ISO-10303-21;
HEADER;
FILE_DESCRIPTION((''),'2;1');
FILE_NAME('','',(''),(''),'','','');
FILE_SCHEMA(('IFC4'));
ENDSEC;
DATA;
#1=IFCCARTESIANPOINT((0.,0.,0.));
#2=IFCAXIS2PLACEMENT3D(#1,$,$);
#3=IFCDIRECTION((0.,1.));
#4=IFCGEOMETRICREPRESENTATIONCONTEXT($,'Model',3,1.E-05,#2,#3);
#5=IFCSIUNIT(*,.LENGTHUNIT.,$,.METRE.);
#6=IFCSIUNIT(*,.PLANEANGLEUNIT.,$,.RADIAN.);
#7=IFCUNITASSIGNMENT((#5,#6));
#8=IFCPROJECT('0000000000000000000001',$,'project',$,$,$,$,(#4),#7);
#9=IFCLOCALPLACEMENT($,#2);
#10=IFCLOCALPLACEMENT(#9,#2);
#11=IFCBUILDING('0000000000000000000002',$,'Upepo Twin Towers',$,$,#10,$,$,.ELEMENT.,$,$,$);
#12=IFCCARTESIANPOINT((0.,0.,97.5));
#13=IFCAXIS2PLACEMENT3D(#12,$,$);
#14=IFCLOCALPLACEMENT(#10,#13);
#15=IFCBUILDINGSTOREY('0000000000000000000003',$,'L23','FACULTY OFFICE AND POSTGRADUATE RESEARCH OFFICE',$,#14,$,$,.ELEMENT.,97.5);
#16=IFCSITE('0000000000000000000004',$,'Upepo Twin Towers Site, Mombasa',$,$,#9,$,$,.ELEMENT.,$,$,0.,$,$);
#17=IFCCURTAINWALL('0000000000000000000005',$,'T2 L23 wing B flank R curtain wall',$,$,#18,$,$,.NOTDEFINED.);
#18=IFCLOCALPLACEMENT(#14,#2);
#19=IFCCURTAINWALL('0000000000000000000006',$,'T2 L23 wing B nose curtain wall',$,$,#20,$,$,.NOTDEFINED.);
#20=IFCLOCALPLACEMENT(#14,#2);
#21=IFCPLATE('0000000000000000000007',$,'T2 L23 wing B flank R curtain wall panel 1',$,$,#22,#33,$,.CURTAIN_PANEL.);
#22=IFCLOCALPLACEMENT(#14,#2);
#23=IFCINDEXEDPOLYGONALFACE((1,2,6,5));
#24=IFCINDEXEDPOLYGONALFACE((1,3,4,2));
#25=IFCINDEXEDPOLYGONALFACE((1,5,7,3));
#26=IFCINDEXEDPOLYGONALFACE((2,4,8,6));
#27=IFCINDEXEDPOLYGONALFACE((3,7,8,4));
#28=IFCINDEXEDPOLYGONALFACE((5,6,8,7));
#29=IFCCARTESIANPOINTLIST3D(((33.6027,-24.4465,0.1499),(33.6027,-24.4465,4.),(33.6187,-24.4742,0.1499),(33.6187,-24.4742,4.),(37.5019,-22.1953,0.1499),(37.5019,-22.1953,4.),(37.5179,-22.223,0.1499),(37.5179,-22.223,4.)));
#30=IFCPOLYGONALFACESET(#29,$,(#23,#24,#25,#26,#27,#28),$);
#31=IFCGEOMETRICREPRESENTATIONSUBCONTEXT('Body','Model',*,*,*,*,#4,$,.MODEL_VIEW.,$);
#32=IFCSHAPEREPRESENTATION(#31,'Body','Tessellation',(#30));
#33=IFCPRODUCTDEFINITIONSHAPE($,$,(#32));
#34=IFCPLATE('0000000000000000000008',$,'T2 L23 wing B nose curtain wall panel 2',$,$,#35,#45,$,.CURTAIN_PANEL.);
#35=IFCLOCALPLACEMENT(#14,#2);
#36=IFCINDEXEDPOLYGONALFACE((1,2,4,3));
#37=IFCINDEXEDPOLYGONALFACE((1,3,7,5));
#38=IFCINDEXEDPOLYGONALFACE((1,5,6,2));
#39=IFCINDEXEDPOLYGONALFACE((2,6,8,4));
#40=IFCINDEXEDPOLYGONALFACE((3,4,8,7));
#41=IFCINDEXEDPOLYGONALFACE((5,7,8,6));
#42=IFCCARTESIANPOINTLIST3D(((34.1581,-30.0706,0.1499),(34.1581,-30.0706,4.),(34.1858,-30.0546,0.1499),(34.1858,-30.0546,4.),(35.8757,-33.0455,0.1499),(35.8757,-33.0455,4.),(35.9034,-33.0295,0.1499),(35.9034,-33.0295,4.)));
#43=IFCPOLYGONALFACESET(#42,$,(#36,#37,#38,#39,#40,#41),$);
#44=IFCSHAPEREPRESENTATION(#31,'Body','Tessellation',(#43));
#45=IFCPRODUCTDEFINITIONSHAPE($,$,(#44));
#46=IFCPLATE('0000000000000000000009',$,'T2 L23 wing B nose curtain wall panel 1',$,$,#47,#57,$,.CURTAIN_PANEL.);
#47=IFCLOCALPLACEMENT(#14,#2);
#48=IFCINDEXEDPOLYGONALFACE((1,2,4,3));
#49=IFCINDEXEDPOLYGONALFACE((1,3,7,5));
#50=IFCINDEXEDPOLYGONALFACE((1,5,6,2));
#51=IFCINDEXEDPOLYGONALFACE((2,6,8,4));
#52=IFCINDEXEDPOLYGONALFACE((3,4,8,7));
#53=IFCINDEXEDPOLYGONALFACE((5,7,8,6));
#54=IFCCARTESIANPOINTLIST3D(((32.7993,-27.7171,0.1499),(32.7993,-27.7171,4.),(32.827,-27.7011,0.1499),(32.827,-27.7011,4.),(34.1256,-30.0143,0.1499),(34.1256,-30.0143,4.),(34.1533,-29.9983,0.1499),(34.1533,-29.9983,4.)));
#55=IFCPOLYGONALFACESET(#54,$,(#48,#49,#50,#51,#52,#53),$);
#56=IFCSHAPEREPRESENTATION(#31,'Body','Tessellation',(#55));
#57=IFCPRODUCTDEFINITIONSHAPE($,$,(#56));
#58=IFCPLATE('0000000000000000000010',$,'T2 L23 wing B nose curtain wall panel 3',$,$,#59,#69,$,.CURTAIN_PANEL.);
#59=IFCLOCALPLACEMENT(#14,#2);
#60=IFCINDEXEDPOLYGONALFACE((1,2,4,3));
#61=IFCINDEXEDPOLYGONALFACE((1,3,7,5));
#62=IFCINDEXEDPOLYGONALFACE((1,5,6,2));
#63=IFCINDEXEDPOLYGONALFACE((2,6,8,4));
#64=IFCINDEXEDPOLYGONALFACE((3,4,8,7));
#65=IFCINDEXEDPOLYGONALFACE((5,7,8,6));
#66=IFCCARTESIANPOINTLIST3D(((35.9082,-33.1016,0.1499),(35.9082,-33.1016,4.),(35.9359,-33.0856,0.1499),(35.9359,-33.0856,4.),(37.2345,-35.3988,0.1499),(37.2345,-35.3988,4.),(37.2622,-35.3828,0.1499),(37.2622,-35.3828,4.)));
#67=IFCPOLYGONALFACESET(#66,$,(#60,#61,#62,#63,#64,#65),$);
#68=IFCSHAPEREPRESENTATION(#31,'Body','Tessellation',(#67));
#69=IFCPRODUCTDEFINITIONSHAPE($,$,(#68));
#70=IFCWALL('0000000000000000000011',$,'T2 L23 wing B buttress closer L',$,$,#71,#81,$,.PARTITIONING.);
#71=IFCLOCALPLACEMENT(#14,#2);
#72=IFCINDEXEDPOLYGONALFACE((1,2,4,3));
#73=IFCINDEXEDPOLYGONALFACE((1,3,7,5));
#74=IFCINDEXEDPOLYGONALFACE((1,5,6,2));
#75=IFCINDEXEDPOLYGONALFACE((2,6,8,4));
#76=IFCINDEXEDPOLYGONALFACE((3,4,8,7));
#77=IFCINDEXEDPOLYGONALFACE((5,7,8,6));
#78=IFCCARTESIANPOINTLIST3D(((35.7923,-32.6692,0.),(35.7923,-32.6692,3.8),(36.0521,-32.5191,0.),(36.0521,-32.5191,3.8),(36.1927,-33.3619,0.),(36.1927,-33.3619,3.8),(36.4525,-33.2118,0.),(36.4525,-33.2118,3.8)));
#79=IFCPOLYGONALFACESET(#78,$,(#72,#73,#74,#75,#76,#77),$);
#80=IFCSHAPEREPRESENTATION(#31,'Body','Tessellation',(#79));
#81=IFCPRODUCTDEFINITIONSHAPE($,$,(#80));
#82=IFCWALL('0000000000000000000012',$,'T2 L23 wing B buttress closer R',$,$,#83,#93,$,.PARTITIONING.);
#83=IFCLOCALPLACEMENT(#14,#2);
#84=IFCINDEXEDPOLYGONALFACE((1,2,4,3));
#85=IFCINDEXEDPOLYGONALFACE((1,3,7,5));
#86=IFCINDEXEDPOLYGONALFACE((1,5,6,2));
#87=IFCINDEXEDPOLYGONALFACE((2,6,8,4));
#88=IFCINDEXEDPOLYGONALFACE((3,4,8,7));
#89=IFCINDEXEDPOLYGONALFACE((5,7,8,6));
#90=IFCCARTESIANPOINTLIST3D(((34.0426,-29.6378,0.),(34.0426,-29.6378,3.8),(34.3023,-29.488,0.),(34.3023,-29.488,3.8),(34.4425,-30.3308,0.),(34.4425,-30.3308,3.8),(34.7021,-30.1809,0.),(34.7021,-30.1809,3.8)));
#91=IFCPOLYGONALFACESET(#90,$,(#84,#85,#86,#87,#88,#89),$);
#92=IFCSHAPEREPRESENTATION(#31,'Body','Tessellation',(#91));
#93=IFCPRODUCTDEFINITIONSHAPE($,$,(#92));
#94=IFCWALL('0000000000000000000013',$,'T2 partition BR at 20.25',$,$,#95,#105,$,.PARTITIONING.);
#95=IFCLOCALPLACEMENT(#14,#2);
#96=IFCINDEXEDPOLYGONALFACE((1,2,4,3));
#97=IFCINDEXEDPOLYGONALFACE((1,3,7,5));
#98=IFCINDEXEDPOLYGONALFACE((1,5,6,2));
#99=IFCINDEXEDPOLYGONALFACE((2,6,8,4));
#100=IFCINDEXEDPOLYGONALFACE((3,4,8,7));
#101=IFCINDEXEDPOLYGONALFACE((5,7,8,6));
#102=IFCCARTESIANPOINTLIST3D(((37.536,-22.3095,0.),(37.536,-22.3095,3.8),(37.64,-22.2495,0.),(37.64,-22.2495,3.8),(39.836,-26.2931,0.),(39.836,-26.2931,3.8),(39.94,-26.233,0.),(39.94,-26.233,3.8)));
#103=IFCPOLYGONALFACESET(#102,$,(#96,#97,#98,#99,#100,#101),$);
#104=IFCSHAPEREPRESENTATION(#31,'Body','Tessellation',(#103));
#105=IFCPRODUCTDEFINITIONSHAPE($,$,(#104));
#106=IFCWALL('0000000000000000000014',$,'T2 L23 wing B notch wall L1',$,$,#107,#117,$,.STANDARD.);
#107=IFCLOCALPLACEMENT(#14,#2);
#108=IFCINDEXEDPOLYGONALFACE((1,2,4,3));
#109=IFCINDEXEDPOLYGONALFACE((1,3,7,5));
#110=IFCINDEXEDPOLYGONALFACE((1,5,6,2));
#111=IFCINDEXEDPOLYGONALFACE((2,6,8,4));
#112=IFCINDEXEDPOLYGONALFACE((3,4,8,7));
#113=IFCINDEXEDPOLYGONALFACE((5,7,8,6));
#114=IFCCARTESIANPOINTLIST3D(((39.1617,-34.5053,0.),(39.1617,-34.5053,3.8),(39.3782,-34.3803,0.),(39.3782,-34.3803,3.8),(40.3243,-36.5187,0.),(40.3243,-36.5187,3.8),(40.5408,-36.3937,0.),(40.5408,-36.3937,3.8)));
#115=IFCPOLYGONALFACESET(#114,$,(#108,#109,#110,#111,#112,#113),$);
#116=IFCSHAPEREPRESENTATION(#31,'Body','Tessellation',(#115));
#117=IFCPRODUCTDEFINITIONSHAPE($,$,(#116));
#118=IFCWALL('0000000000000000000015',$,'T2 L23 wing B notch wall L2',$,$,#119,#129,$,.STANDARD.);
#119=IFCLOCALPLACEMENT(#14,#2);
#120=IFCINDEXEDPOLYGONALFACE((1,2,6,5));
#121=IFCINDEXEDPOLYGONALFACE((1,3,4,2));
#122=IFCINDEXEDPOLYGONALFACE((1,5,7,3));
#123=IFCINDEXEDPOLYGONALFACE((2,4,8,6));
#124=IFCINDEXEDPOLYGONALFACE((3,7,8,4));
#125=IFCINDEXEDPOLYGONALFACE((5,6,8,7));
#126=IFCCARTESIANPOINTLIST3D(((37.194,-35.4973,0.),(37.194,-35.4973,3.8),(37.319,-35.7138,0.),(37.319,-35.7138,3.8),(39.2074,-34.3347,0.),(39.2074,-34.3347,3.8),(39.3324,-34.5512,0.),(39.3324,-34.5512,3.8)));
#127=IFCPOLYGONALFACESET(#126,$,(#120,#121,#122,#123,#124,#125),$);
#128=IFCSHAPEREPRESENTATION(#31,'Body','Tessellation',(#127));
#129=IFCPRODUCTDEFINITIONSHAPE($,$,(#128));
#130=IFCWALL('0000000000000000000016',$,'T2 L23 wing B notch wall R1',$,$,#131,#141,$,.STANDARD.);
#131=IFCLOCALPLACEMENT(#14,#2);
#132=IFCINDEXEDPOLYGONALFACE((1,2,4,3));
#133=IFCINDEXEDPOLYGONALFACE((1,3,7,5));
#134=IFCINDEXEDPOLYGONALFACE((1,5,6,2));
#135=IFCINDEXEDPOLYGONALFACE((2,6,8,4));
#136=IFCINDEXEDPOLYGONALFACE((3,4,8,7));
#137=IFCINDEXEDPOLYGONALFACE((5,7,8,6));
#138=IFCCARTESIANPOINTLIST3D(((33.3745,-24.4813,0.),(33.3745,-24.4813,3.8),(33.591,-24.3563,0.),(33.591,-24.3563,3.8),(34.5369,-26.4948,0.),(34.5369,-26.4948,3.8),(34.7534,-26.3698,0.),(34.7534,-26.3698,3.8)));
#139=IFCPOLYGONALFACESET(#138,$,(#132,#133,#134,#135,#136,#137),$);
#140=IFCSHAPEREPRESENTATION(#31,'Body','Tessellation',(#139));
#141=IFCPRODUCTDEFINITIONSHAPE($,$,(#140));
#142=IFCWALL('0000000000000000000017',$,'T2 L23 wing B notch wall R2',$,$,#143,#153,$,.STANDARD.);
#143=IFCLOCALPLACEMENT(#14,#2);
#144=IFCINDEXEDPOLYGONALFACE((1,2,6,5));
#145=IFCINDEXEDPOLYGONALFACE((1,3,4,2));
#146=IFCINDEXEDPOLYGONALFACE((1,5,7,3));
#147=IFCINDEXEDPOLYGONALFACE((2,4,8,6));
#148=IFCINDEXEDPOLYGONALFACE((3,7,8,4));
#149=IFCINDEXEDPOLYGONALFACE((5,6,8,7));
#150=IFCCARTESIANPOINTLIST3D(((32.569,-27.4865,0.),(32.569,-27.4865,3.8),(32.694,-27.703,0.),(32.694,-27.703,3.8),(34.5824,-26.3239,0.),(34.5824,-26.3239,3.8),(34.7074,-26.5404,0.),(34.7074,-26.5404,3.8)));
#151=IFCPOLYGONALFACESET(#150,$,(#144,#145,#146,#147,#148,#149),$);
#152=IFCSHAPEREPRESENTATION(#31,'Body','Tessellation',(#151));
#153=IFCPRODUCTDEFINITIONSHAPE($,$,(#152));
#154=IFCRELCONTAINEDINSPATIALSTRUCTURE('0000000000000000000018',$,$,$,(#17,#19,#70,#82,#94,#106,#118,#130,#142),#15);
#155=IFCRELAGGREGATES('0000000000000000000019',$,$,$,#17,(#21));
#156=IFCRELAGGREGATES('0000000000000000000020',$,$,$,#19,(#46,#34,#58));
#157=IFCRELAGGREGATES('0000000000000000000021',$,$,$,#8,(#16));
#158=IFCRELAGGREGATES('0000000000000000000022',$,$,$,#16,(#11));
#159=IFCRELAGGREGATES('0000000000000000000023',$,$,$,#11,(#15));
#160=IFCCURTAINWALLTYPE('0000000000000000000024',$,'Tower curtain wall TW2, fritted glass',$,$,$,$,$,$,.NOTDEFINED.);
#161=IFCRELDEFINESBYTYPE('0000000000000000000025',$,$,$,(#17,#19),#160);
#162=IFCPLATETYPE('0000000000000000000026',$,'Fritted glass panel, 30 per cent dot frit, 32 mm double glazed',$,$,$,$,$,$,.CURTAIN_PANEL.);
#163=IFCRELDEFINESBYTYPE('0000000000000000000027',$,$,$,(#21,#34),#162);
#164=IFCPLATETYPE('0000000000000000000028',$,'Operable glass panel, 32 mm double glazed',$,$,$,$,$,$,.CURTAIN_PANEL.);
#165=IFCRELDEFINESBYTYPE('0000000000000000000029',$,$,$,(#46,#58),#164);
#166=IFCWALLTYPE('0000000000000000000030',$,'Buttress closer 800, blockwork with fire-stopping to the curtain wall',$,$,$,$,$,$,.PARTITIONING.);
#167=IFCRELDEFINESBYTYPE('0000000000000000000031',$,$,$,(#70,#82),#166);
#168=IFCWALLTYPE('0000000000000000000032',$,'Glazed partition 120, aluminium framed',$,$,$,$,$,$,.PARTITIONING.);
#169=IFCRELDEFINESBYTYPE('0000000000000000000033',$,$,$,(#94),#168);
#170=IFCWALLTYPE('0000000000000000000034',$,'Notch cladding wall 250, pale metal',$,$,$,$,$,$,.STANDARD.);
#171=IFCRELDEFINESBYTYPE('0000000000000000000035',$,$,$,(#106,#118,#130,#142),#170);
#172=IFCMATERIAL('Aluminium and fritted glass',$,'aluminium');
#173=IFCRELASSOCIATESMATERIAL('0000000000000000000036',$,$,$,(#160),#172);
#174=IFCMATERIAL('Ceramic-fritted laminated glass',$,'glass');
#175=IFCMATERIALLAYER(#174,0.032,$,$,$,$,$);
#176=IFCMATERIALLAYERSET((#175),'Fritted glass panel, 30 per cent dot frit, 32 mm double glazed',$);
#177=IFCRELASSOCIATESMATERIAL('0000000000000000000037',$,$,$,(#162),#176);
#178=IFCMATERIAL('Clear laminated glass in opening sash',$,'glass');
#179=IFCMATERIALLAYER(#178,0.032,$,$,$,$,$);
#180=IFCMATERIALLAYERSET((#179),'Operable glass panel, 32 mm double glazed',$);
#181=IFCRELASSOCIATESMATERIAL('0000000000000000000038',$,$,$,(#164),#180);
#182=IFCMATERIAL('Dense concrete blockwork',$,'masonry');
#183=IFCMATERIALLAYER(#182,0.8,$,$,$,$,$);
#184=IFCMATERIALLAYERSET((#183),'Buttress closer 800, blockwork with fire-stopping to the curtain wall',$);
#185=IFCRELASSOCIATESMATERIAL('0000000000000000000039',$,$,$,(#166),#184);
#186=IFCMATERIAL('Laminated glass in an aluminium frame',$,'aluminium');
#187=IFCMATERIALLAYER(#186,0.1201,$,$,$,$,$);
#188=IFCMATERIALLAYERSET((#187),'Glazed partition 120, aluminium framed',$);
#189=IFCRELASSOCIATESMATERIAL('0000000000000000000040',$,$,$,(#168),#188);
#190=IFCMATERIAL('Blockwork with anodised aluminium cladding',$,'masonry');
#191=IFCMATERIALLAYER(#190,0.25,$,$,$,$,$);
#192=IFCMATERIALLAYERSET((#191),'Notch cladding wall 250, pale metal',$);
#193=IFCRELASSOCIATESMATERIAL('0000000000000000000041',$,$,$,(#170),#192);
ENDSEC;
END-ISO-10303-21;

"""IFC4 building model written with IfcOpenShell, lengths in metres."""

from ifc_helpers import new_model, si_unit, direction, frame, frame_2d, origin, origin_2d, place, context, subcontext, project, spatial, rectangle, extrude, material, layer, layer_set, type_object, element, aggregate, save


model = new_model("IFC4")

# Units and contexts
model_context = context("Model", 3, precision=1e-05, world=origin(), true_north=direction((0.0, 1.0)))
body_context = subcontext(model_context, "Body", "Model", "MODEL_VIEW")
ifc_project = project(units=[si_unit("LENGTHUNIT", "METRE"), si_unit("PLANEANGLEUNIT", "RADIAN")], contexts=[model_context])

# Site, building, storey
site_placement = place(None, origin())
site = spatial("IfcSite", under=ifc_project, at=site_placement, Name="Upepo Twin Towers Site, Mombasa", CompositionType="ELEMENT", RefElevation=0.0)
building_placement = place(site_placement, origin())
building = spatial("IfcBuilding", under=site, at=building_placement, Name="Upepo Twin Towers", CompositionType="ELEMENT")
storey_placement = place(building_placement, frame((0.0, 0.0, 97.5)))
storey = spatial("IfcBuildingStorey", under=building, at=storey_placement, Name="L23", Description="FACULTY OFFICE AND POSTGRADUATE RESEARCH OFFICE", CompositionType="ELEMENT", Elevation=97.5)

# Curtain wall
ifc_material_1 = material(Name="Aluminium and fritted glass", Category="aluminium")
curtain_wall_type = type_object("IfcCurtainWallType", Name="Tower curtain wall TW2, fritted glass", PredefinedType="NOTDEFINED", material=ifc_material_1)
curtain_wall_1_placement = place(storey_placement, origin())
curtain_wall_1 = element("IfcCurtainWall", 1, at=curtain_wall_1_placement, inside=storey, type_object=curtain_wall_type, Name="T2 L23 wing B flank R curtain wall", PredefinedType="NOTDEFINED")

# Curtain wall
curtain_wall_2_placement = place(storey_placement, origin())
curtain_wall_2 = element("IfcCurtainWall", 2, at=curtain_wall_2_placement, inside=storey, type_object=curtain_wall_type, Name="T2 L23 wing B nose curtain wall", PredefinedType="NOTDEFINED")

# Plates
ifc_material_2 = material(Name="Ceramic-fritted laminated glass", Category="glass")
ifc_layer_1 = layer(ifc_material_2, 0.032)
ifc_layer_set_1 = layer_set([ifc_layer_1], Name="Fritted glass panel, 30 per cent dot frit, 32 mm double glazed")
plate_type_1 = type_object("IfcPlateType", Name="Fritted glass panel, 30 per cent dot frit, 32 mm double glazed", PredefinedType="CURTAIN_PANEL", material=ifc_layer_set_1)
plate_1_placement = place(storey_placement, frame((35.5603, -23.3347, 0.1499), z_axis=(0.0, 0.0, 1.0), x_axis=(0.866025, 0.5, 0.0)))
plate_1 = element("IfcPlate", 3, at=plate_1_placement, type_object=plate_type_1, Name="T2 L23 wing B flank R curtain wall panel 1", PredefinedType="CURTAIN_PANEL", context=body_context, shape_type="SweptSolid", body=[
    extrude(rectangle(XDim=4.5024, YDim=0.032, at=origin_2d()), origin(), (0.0, 0.0, 1.0), 3.8501),
])
aggregate(curtain_wall_1, [plate_1])
plate_2_placement = place(storey_placement, frame((35.0308, -31.55, 0.1499), z_axis=(0.0, 0.0, 1.0), x_axis=(0.5, -0.866025, 0.0)))
plate_2 = element("IfcPlate", 4, at=plate_2_placement, type_object=plate_type_1, Name="T2 L23 wing B nose curtain wall panel 2", PredefinedType="CURTAIN_PANEL", context=body_context, shape_type="SweptSolid", body=[
    extrude(rectangle(XDim=3.4351, YDim=0.032, at=origin_2d()), origin(), (0.0, 0.0, 1.0), 3.8501),
])
ifc_material_3 = material(Name="Clear laminated glass in opening sash", Category="glass")
ifc_layer_2 = layer(ifc_material_3, 0.032)
ifc_layer_set_2 = layer_set([ifc_layer_2], Name="Operable glass panel, 32 mm double glazed")
plate_type_2 = type_object("IfcPlateType", Name="Operable glass panel, 32 mm double glazed", PredefinedType="CURTAIN_PANEL", material=ifc_layer_set_2)
plate_3_placement = place(storey_placement, frame((33.4763, -28.8577, 0.1499), z_axis=(0.0, 0.0, 1.0), x_axis=(0.5, -0.866025, 0.0)))
plate_3 = element("IfcPlate", 5, at=plate_3_placement, type_object=plate_type_2, Name="T2 L23 wing B nose curtain wall panel 1", PredefinedType="CURTAIN_PANEL", context=body_context, shape_type="SweptSolid", body=[
    extrude(rectangle(XDim=2.6526, YDim=0.032, at=origin_2d()), origin(), (0.0, 0.0, 1.0), 3.8501),
])
plate_4_placement = place(storey_placement, frame((36.5852, -34.2422, 0.1499), z_axis=(0.0, 0.0, 1.0), x_axis=(0.5, -0.866025, 0.0)))
plate_4 = element("IfcPlate", 6, at=plate_4_placement, type_object=plate_type_2, Name="T2 L23 wing B nose curtain wall panel 3", PredefinedType="CURTAIN_PANEL", context=body_context, shape_type="SweptSolid", body=[
    extrude(rectangle(XDim=2.6526, YDim=0.032, at=origin_2d()), origin(), (0.0, 0.0, 1.0), 3.8501),
])
aggregate(curtain_wall_2, [plate_3, plate_2, plate_4])

# Walls
ifc_material_4 = material(Name="Dense concrete blockwork", Category="masonry")
ifc_layer_3 = layer(ifc_material_4, 0.8)
ifc_layer_set_3 = layer_set([ifc_layer_3], Name="Buttress closer 800, blockwork with fire-stopping to the curtain wall")
wall_type_1 = type_object("IfcWallType", Name="Buttress closer 800, blockwork with fire-stopping to the curtain wall", PredefinedType="PARTITIONING", material=ifc_layer_set_3)
wall_1_placement = place(storey_placement, frame((36.2522, -32.8655, 0.0), z_axis=(0.0, 0.0, 1.0), x_axis=(-0.865779, -0.500427, 0.0)))
element("IfcWall", 7, at=wall_1_placement, inside=storey, type_object=wall_type_1, Name="T2 L23 wing B buttress closer L", PredefinedType="PARTITIONING", context=body_context, shape_type="SweptSolid", body=[
    extrude(rectangle(XDim=0.3, YDim=0.8, at=frame_2d((0.1499, 0.0))), origin(), (0.0, 0.0, 1.0), 3.8),
])
wall_2_placement = place(storey_placement, frame((34.5022, -29.8345, 0.0), z_axis=(0.0, 0.0, 1.0), x_axis=(-0.866131, -0.499816, 0.0)))
element("IfcWall", 8, at=wall_2_placement, inside=storey, type_object=wall_type_1, Name="T2 L23 wing B buttress closer R", PredefinedType="PARTITIONING", context=body_context, shape_type="SweptSolid", body=[
    extrude(rectangle(XDim=0.2998, YDim=0.8, at=frame_2d((0.1499, 0.0))), origin(), (0.0, 0.0, 1.0), 3.8),
])
ifc_material_5 = material(Name="Laminated glass in an aluminium frame", Category="aluminium")
ifc_layer_4 = layer(ifc_material_5, 0.1201)
ifc_layer_set_4 = layer_set([ifc_layer_4], Name="Glazed partition 120, aluminium framed")
wall_type_2 = type_object("IfcWallType", Name="Glazed partition 120, aluminium framed", PredefinedType="PARTITIONING", material=ifc_layer_set_4)
wall_3_placement = place(storey_placement, frame((39.8879, -26.2629, 0.0), z_axis=(0.0, 0.0, 1.0), x_axis=(-0.500015, 0.866017, 0.0)))
element("IfcWall", 9, at=wall_3_placement, inside=storey, type_object=wall_type_2, Name="T2 partition BR at 20.25", PredefinedType="PARTITIONING", context=body_context, shape_type="SweptSolid", body=[
    extrude(rectangle(XDim=4.5999, YDim=0.1201, at=frame_2d((2.2998, 0.0))), origin(), (0.0, 0.0, 1.0), 3.8),
])
ifc_material_6 = material(Name="Blockwork with anodised aluminium cladding", Category="masonry")
ifc_layer_5 = layer(ifc_material_6, 0.25)
ifc_layer_set_5 = layer_set([ifc_layer_5], Name="Notch cladding wall 250, pale metal")
wall_type_3 = type_object("IfcWallType", Name="Notch cladding wall 250, pale metal", PredefinedType="STANDARD", material=ifc_layer_set_5)
for number, where, z_axis, x_axis, name in (
    (10, (40.4326, -36.4563, 0.0), (0.0, 0.0, 1.0), (-0.500047, 0.865998, 0.0), "T2 L23 wing B notch wall L1"),
    (11, (39.27, -34.4429, 0.0), (0.0, 0.0, 1.0), (-0.865998, -0.500047, 0.0), "T2 L23 wing B notch wall L2"),
    (12, (33.4827, -24.4187, 0.0), (0.0, 0.0, 1.0), (0.499968, -0.866044, 0.0), "T2 L23 wing B notch wall R1"),
    (13, (34.645, -26.4321, 0.0), (0.0, 0.0, 1.0), (-0.865998, -0.500047, 0.0), "T2 L23 wing B notch wall R2"),
):
    element("IfcWall", number, at=place(storey_placement, frame(where, z_axis=z_axis, x_axis=x_axis)), inside=storey, type_object=wall_type_3, Name=name, PredefinedType="STANDARD", context=body_context, shape_type="SweptSolid", body=[
        extrude(rectangle(XDim=2.325, YDim=0.25, at=frame_2d((1.1626, 0.0))), origin(), (0.0, 0.0, 1.0), 3.8),
    ])

save(model, "model.ifc")
